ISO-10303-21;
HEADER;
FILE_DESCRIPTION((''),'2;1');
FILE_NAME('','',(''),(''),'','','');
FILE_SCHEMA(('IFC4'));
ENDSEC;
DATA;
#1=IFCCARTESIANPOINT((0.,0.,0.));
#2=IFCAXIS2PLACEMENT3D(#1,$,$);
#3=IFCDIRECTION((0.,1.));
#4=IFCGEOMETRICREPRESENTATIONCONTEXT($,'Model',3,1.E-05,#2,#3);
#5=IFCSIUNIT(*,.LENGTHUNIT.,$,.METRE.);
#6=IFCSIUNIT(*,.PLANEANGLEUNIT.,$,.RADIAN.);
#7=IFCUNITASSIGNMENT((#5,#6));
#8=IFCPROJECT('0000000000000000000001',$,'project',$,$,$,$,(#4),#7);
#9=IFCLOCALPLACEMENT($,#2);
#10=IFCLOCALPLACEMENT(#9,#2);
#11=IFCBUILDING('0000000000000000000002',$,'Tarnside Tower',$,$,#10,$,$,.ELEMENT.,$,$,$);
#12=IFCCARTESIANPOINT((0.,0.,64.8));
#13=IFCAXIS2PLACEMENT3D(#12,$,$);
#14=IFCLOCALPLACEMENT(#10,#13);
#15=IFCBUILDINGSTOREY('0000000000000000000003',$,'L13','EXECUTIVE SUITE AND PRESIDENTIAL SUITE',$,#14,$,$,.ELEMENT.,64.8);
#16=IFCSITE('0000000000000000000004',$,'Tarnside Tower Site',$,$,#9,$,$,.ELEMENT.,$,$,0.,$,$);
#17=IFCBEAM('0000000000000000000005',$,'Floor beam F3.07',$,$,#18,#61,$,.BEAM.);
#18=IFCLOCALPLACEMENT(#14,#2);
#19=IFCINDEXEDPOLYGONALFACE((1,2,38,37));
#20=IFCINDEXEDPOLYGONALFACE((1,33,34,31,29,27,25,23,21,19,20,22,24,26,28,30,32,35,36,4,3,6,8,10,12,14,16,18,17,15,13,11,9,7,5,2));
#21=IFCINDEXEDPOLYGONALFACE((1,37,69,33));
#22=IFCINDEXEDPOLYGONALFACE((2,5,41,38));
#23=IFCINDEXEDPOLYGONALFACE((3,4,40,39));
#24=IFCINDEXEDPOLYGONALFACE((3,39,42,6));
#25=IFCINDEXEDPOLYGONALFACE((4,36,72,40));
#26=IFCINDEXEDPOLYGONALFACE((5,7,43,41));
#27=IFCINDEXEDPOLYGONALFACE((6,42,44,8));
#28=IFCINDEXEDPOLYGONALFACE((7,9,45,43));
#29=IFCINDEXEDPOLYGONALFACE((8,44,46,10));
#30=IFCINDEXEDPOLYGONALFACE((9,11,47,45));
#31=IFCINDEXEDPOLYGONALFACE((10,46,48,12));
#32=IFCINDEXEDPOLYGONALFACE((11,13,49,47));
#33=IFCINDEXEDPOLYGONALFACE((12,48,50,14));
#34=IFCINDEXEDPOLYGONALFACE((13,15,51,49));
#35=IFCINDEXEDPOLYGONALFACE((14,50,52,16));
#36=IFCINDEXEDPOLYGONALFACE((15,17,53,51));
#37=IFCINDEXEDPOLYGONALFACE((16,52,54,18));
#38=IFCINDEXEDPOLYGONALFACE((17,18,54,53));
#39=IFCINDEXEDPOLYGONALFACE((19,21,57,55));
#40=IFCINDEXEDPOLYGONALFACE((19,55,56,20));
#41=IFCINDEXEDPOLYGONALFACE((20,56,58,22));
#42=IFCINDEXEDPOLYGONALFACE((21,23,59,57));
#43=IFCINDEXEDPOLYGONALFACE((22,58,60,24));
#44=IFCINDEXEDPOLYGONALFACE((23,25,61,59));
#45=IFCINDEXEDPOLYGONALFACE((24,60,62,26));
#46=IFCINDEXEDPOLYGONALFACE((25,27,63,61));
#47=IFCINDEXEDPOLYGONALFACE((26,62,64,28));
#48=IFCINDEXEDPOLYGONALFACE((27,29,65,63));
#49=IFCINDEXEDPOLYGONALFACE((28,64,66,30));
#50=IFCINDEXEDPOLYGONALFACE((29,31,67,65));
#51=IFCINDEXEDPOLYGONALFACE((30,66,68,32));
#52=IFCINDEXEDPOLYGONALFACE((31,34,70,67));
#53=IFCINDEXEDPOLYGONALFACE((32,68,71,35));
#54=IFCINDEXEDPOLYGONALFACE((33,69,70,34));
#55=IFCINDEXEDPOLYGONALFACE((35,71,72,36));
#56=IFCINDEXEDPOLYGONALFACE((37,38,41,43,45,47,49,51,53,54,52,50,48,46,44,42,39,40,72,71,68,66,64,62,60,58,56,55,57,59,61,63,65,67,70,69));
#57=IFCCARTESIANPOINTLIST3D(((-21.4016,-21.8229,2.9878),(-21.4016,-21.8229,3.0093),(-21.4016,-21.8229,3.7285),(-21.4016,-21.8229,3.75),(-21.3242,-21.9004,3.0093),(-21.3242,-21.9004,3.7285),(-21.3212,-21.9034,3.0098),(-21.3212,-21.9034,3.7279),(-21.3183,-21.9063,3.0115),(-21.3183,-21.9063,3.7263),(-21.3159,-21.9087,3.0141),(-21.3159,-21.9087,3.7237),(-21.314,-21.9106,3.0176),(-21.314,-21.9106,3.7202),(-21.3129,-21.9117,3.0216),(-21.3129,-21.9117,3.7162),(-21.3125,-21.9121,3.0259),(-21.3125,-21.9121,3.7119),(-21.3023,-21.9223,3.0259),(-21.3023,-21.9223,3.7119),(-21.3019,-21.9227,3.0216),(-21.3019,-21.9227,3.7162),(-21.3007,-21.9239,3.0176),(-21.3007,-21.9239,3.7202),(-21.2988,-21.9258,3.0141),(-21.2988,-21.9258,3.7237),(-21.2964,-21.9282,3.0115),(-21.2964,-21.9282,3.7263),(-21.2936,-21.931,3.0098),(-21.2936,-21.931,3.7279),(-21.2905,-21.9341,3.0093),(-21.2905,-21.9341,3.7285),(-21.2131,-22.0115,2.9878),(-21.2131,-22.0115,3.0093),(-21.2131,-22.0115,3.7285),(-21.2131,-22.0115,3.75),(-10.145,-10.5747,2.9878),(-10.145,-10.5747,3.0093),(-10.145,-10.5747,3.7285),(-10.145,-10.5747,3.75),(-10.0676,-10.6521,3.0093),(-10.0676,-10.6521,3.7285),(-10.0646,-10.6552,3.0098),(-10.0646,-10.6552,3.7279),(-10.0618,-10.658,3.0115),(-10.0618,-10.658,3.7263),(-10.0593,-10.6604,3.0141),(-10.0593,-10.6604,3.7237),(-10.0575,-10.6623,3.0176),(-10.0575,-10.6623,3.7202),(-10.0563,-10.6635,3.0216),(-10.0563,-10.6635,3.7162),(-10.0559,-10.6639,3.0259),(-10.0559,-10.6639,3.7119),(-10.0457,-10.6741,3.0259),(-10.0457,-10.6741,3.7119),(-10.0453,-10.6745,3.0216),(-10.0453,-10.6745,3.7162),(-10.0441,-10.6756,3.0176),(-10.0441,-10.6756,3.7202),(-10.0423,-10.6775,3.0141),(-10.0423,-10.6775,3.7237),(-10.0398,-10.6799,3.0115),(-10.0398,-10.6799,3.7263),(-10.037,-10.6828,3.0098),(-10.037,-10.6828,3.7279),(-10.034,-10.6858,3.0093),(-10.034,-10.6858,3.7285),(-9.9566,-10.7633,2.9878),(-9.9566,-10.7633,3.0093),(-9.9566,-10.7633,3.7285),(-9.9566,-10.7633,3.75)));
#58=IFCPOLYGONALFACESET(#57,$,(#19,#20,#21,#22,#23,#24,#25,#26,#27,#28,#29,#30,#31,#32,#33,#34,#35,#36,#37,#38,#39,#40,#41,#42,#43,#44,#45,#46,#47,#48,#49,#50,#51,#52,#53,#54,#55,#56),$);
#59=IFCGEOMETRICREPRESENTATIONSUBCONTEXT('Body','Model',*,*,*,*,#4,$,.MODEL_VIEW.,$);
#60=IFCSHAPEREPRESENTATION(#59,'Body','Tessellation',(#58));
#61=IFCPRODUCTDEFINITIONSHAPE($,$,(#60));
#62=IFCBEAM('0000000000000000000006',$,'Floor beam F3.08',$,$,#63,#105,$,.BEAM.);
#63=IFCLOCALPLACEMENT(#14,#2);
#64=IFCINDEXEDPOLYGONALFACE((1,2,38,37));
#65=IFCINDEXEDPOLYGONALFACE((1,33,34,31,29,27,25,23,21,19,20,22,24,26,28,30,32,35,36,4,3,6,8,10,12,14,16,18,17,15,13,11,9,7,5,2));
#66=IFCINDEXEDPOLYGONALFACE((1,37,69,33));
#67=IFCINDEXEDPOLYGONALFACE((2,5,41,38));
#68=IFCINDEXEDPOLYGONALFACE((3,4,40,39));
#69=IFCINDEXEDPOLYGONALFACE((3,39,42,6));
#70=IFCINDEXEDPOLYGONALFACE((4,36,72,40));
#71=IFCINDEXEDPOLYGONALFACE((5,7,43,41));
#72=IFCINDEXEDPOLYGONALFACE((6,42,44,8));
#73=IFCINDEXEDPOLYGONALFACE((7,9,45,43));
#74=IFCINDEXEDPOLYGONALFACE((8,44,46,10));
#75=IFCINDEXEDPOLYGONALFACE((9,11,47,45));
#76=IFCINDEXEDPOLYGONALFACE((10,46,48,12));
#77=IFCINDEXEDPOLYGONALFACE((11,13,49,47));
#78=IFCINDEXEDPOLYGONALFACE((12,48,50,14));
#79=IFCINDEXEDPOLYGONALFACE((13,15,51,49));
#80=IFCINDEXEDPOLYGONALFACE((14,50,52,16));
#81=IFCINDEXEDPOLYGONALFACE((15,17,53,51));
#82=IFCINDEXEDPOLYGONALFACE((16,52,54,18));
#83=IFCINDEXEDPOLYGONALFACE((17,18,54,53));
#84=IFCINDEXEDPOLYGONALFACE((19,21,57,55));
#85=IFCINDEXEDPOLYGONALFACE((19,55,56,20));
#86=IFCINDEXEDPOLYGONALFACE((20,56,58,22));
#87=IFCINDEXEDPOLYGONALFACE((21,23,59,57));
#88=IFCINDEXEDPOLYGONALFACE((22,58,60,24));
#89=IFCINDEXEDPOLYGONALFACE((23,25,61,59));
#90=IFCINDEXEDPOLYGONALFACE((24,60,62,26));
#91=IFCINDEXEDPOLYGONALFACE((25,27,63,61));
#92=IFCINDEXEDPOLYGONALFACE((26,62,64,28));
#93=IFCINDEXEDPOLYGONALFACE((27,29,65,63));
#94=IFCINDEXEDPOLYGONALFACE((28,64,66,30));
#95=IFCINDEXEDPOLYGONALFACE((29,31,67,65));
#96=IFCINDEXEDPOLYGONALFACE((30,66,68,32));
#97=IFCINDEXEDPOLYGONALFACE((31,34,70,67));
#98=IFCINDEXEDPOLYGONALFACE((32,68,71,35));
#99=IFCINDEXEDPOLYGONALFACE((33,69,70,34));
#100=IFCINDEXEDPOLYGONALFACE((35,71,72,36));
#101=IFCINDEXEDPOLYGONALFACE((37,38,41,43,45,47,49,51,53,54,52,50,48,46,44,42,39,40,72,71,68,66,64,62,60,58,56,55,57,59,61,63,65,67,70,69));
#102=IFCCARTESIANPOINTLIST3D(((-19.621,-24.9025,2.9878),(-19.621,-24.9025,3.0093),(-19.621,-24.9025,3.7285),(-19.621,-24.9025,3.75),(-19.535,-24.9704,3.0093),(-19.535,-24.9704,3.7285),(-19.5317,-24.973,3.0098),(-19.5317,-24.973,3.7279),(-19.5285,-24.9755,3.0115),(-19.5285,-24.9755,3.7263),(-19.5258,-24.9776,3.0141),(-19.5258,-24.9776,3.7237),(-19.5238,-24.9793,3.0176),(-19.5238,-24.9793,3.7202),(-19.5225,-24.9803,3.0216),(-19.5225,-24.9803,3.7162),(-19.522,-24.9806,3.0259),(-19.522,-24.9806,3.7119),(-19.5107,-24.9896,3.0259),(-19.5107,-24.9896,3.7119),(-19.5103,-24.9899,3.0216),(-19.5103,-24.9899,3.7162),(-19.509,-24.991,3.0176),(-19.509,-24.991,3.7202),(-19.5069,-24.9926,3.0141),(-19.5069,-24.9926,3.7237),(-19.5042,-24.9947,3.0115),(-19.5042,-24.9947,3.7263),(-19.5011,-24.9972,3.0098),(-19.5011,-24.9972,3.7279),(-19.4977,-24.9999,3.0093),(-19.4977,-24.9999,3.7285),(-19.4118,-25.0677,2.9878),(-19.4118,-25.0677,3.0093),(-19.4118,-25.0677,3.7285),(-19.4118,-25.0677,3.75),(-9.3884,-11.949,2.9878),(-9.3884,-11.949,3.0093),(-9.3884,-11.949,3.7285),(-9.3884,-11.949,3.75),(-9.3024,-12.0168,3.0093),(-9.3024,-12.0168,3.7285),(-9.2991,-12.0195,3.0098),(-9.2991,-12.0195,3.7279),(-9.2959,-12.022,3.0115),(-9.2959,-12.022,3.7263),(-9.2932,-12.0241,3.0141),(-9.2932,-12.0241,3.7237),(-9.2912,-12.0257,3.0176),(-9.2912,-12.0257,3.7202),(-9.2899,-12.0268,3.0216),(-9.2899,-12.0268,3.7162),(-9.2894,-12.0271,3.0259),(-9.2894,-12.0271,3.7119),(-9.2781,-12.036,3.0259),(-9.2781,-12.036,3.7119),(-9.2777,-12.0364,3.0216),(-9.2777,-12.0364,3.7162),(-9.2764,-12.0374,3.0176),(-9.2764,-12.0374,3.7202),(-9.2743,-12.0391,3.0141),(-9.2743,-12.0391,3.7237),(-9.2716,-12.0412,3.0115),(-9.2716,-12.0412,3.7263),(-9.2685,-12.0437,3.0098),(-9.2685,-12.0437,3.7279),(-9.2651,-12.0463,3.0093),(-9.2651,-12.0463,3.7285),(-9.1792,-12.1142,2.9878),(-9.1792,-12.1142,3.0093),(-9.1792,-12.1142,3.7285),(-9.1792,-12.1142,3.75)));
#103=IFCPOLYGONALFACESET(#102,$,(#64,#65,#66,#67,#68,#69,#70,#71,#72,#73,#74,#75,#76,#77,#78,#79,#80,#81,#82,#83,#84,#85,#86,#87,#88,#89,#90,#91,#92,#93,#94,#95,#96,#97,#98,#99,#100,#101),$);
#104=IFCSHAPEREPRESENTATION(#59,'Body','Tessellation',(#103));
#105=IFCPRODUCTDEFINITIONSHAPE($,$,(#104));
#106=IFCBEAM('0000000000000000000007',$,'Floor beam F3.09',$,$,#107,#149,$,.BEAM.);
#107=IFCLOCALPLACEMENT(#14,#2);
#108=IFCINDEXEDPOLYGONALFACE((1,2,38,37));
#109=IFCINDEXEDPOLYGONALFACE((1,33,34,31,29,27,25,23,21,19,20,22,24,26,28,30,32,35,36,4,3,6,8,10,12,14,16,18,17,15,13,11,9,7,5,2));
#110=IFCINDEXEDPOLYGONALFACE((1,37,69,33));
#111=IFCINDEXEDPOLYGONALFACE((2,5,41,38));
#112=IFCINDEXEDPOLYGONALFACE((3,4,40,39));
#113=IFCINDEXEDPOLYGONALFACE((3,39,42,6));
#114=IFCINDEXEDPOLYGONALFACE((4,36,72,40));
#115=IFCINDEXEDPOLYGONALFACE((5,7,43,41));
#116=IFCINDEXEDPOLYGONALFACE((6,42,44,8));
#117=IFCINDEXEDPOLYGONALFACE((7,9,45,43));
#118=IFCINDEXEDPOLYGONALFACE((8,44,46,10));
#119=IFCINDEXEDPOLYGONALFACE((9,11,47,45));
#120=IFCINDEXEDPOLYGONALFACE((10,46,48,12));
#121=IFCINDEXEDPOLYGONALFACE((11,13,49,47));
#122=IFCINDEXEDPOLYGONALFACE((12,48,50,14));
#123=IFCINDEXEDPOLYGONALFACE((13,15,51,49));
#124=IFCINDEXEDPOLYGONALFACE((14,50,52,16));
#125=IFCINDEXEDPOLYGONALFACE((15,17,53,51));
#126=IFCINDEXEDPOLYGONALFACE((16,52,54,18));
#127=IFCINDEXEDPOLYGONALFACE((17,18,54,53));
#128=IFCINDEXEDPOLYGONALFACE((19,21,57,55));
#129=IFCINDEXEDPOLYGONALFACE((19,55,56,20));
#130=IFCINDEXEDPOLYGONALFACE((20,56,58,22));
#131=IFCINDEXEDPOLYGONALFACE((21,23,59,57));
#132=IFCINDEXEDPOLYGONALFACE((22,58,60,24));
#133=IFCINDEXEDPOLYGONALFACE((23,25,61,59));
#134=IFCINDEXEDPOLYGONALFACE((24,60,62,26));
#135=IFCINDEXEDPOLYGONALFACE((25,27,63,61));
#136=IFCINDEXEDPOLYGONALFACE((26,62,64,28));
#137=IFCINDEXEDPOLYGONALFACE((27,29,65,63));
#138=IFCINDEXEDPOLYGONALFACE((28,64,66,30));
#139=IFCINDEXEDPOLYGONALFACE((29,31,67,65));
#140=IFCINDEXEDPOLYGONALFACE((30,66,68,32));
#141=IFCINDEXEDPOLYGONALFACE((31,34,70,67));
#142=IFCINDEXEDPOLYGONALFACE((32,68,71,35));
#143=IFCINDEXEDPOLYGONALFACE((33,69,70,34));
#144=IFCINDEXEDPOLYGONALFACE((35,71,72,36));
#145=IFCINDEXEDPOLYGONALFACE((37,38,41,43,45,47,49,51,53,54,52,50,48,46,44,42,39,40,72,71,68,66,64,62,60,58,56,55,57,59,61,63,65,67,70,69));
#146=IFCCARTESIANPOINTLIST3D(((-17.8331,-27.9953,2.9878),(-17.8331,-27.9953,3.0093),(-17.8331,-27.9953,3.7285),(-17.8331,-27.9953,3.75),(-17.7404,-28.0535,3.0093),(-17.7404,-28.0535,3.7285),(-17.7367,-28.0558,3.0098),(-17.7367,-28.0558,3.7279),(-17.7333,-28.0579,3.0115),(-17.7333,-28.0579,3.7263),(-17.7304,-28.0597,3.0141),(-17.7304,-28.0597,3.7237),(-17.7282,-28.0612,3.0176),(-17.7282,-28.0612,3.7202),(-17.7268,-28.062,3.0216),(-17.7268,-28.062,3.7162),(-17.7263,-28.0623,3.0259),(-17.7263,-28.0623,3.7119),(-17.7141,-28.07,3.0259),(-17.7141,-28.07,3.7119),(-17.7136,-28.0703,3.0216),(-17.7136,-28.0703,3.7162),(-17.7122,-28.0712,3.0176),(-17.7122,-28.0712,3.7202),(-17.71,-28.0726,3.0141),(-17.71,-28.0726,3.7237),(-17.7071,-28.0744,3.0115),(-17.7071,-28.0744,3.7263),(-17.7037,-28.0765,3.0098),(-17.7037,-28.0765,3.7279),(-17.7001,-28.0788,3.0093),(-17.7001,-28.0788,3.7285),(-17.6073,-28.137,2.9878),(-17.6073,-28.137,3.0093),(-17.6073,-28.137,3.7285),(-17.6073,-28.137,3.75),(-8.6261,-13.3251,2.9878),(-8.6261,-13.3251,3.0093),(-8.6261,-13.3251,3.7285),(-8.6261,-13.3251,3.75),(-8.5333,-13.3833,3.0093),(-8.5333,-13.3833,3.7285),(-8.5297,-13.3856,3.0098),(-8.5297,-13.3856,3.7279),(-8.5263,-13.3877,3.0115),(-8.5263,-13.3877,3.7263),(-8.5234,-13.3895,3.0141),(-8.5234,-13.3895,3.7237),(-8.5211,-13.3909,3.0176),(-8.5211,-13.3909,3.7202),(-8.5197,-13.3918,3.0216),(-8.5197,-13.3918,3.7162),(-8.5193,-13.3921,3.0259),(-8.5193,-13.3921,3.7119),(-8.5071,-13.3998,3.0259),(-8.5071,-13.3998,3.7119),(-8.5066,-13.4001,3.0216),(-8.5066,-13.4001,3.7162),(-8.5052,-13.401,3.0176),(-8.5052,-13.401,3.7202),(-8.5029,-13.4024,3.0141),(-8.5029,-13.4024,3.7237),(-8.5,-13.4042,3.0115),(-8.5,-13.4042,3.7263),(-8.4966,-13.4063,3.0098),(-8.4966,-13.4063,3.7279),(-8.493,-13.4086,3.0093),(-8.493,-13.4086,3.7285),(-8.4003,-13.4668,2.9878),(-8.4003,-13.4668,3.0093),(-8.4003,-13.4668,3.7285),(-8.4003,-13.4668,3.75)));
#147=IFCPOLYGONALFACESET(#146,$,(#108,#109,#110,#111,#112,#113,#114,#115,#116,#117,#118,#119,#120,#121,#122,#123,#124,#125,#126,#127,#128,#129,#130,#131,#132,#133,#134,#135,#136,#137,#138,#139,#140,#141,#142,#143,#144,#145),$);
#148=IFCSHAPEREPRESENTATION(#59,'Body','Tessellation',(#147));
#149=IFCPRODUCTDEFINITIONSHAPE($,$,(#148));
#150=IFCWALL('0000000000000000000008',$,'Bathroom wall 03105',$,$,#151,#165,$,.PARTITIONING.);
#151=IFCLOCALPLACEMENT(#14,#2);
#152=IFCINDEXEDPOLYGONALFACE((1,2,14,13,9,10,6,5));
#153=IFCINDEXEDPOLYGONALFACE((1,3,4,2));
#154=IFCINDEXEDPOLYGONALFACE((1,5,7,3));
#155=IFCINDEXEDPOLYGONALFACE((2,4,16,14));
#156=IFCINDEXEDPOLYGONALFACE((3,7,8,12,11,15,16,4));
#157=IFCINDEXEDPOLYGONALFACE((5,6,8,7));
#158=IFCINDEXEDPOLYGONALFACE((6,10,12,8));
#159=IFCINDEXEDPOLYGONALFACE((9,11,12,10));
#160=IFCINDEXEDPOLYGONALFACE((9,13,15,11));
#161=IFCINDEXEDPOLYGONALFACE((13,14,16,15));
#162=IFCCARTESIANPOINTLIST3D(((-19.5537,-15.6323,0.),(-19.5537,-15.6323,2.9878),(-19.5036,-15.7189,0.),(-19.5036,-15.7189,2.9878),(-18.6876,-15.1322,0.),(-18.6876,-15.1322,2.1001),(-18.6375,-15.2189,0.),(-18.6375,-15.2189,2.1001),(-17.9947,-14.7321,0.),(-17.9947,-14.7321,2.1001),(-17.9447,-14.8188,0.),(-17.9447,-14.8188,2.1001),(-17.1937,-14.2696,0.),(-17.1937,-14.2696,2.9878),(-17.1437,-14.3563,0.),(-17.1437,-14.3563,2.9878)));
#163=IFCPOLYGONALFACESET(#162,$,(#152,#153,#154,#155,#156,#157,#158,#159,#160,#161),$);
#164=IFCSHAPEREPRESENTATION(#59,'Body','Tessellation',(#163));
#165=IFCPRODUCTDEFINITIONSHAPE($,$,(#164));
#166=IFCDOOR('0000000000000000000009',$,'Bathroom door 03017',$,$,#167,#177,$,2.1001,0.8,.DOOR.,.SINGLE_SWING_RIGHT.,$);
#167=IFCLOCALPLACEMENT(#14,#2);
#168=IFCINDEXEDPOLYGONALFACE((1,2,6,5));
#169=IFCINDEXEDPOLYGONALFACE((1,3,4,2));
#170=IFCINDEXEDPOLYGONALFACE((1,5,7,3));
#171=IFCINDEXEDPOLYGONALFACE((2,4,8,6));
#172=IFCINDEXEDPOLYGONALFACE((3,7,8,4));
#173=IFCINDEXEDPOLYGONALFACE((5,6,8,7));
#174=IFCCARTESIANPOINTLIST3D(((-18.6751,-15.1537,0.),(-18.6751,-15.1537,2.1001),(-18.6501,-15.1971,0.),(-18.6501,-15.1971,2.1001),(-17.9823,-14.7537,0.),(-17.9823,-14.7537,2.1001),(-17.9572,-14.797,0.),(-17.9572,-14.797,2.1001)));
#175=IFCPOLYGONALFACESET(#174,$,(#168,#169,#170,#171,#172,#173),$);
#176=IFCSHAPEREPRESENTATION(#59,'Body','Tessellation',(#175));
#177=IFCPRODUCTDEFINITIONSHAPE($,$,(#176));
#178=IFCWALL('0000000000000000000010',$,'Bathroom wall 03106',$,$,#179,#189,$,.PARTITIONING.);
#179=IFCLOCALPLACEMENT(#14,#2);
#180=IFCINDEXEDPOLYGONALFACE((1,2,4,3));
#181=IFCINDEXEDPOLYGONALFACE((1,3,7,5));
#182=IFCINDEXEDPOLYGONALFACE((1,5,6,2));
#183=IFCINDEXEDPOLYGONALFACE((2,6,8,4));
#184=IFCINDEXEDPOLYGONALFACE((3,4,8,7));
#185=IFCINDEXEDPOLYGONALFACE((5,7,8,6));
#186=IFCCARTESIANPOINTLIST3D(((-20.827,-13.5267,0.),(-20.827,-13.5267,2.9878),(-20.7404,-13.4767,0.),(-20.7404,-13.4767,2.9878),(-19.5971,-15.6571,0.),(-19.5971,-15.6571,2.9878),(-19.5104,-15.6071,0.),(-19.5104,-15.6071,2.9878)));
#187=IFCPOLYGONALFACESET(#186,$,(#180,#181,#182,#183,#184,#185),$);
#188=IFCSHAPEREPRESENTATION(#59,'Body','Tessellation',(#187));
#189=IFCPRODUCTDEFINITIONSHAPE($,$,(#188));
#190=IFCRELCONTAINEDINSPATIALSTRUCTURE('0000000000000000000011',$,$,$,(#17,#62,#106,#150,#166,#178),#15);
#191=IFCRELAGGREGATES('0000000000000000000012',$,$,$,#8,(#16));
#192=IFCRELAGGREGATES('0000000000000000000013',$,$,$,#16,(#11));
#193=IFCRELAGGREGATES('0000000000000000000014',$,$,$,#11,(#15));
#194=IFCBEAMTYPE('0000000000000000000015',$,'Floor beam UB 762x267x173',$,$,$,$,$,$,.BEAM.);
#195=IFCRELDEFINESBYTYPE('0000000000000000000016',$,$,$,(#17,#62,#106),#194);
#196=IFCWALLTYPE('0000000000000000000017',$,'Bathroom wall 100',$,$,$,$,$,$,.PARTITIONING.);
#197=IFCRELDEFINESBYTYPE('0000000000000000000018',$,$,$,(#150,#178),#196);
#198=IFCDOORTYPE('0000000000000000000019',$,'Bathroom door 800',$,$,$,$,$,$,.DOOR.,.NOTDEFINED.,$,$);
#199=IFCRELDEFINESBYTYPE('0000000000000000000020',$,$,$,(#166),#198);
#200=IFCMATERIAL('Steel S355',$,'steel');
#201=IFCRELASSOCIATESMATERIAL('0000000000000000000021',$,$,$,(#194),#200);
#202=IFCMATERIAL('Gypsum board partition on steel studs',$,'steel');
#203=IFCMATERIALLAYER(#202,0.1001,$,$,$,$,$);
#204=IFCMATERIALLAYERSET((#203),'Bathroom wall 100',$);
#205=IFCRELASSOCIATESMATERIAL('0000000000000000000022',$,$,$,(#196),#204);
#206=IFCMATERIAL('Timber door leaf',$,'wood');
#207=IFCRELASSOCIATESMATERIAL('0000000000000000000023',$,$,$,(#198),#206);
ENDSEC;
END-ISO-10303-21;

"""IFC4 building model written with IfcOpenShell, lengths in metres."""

from ifc_helpers import new_model, si_unit, direction, frame, frame_2d, origin, origin_2d, place, context, subcontext, project, spatial, rectangle, i_section, extrude, material, layer, layer_set, material_profile, profile_set, type_object, element, fill, save


model = new_model("IFC4")

# Units and contexts
model_context = context("Model", 3, precision=1e-05, world=origin(), true_north=direction((0.0, 1.0)))
body_context = subcontext(model_context, "Body", "Model", "MODEL_VIEW")
ifc_project = project(units=[si_unit("LENGTHUNIT", "METRE"), si_unit("PLANEANGLEUNIT", "RADIAN")], contexts=[model_context])

# Site, building, storey
site_placement = place(None, origin())
site = spatial("IfcSite", under=ifc_project, at=site_placement, Name="Tarnside Tower Site", CompositionType="ELEMENT", RefElevation=0.0)
building_placement = place(site_placement, origin())
building = spatial("IfcBuilding", under=site, at=building_placement, Name="Tarnside Tower", CompositionType="ELEMENT")
storey_placement = place(building_placement, frame((0.0, 0.0, 64.8)))
storey = spatial("IfcBuildingStorey", under=building, at=storey_placement, Name="L13", Description="EXECUTIVE SUITE AND PRESIDENTIAL SUITE", CompositionType="ELEMENT", Elevation=64.8)

# Beams
ifc_material_1 = material(Name="Steel S355", Category="steel")
ifc_material_profile_1 = material_profile(ifc_material_1, i_section(OverallWidth=0.2666, OverallDepth=0.7622, WebThickness=0.0144, FlangeThickness=0.0215, FilletRadius=0.0166, at=origin_2d()), Name="UB 762x267x173")
ifc_profile_set_1 = profile_set([ifc_material_profile_1], Name="Steel S355")
beam_type_1 = type_object("IfcBeamType", Name="Floor beam UB 762x267x173", PredefinedType="BEAM", material=ifc_profile_set_1)
beam_1_placement = place(storey_placement, frame((-21.3074, -21.9172, 3.3689), z_axis=(0.707368, 0.706846, 0.0), x_axis=(-0.706846, 0.707368, 0.0)))
element("IfcBeam", 1, at=beam_1_placement, inside=storey, type_object=beam_type_1, Name="Floor beam F3.07", PredefinedType="BEAM", context=body_context, shape_type="SweptSolid", body=[
    extrude(i_section(OverallWidth=0.2666, OverallDepth=0.7622, WebThickness=0.0144, FlangeThickness=0.0215, FilletRadius=0.0166, at=origin_2d()), origin(), (0.0, 0.0, 1.0), 15.9133),
])
beam_2_placement = place(storey_placement, frame((-19.5164, -24.9851, 3.3689), z_axis=(0.619873, 0.784702, 0.0), x_axis=(-0.784702, 0.619873, 0.0)))
element("IfcBeam", 2, at=beam_2_placement, inside=storey, type_object=beam_type_1, Name="Floor beam F3.08", PredefinedType="BEAM", context=body_context, shape_type="SweptSolid", body=[
    extrude(i_section(OverallWidth=0.2666, OverallDepth=0.7622, WebThickness=0.0144, FlangeThickness=0.0215, FilletRadius=0.0166, at=origin_2d()), origin(), (0.0, 0.0, 1.0), 16.5076),
])
beam_3_placement = place(storey_placement, frame((-17.7202, -28.0662, 3.3689), z_axis=(0.531583, 0.847006, 0.0), x_axis=(-0.847006, 0.531583, 0.0)))
element("IfcBeam", 3, at=beam_3_placement, inside=storey, type_object=beam_type_1, Name="Floor beam F3.09", PredefinedType="BEAM", context=body_context, shape_type="SweptSolid", body=[
    extrude(i_section(OverallWidth=0.2666, OverallDepth=0.7622, WebThickness=0.0144, FlangeThickness=0.0215, FilletRadius=0.0166, at=origin_2d()), origin(), (0.0, 0.0, 1.0), 17.3201),
])

# Wall, opening, door
ifc_material_2 = material(Name="Gypsum board partition on steel studs", Category="steel")
ifc_layer_1 = layer(ifc_material_2, 0.1001)
ifc_layer_set_1 = layer_set([ifc_layer_1], Name="Bathroom wall 100")
wall_type_1 = type_object("IfcWallType", Name="Bathroom wall 100", PredefinedType="PARTITIONING", material=ifc_layer_set_1)
wall_1_placement = place(storey_placement, frame((-17.1687, -14.313, 0.0), z_axis=(0.0, 0.0, 1.0), x_axis=(-0.866013, -0.500022, 0.0)))
wall_1 = element("IfcWall", 4, at=wall_1_placement, inside=storey, type_object=wall_type_1, Name="Bathroom wall 03105", PredefinedType="PARTITIONING", context=body_context, shape_type="SweptSolid", body=[
    extrude(rectangle(XDim=2.7251, YDim=0.1001, at=frame_2d((1.3625, 0.0))), origin(), (0.0, 0.0, 1.0), 2.9878),
])
opening_1_placement = place(wall_1_placement, frame((0.925, 0.0, 0.0)))
opening_1 = element("IfcOpeningElement", 5, at=opening_1_placement, cuts=wall_1, PredefinedType="OPENING", context=body_context, shape_type="SweptSolid", body=[
    extrude(rectangle(XDim=0.8, YDim=2.1001, at=frame_2d((0.3999, 1.05))), frame((0.0, 0.0601, 0.0), z_axis=(0.0, -1.0, 0.0), x_axis=(1.0, 0.0, 0.0)), (0.0, 0.0, 1.0), 0.1201),
])
ifc_material_3 = material(Name="Timber door leaf", Category="wood")
door_type_1 = type_object("IfcDoorType", Name="Bathroom door 800", OperationType="NOTDEFINED", PredefinedType="DOOR", material=ifc_material_3)
door_1_placement = place(opening_1_placement, origin())
door_1 = element("IfcDoor", 6, at=door_1_placement, inside=storey, type_object=door_type_1, Name="Bathroom door 03017", OperationType="SINGLE_SWING_RIGHT", OverallHeight=2.1001, OverallWidth=0.8, PredefinedType="DOOR", context=body_context, shape_type="SweptSolid", body=[
    extrude(rectangle(XDim=0.8, YDim=2.1001, at=frame_2d((0.3999, 1.05))), frame((0.0, 0.0249, 0.0), z_axis=(0.0, -1.0, 0.0), x_axis=(1.0, 0.0, 0.0)), (0.0, 0.0, 1.0), 0.05),
])
fill(opening_1, door_1)

# Wall
wall_2_placement = place(storey_placement, frame((-19.5537, -15.6321, 0.0), z_axis=(0.0, 0.0, 1.0), x_axis=(-0.500003, 0.866024, 0.0)))
element("IfcWall", 7, at=wall_2_placement, inside=storey, type_object=wall_type_1, Name="Bathroom wall 03106", PredefinedType="PARTITIONING", context=body_context, shape_type="SweptSolid", body=[
    extrude(rectangle(XDim=2.46, YDim=0.1001, at=frame_2d((1.23, 0.0))), origin(), (0.0, 0.0, 1.0), 2.9878),
])

save(model, "model.ifc")
